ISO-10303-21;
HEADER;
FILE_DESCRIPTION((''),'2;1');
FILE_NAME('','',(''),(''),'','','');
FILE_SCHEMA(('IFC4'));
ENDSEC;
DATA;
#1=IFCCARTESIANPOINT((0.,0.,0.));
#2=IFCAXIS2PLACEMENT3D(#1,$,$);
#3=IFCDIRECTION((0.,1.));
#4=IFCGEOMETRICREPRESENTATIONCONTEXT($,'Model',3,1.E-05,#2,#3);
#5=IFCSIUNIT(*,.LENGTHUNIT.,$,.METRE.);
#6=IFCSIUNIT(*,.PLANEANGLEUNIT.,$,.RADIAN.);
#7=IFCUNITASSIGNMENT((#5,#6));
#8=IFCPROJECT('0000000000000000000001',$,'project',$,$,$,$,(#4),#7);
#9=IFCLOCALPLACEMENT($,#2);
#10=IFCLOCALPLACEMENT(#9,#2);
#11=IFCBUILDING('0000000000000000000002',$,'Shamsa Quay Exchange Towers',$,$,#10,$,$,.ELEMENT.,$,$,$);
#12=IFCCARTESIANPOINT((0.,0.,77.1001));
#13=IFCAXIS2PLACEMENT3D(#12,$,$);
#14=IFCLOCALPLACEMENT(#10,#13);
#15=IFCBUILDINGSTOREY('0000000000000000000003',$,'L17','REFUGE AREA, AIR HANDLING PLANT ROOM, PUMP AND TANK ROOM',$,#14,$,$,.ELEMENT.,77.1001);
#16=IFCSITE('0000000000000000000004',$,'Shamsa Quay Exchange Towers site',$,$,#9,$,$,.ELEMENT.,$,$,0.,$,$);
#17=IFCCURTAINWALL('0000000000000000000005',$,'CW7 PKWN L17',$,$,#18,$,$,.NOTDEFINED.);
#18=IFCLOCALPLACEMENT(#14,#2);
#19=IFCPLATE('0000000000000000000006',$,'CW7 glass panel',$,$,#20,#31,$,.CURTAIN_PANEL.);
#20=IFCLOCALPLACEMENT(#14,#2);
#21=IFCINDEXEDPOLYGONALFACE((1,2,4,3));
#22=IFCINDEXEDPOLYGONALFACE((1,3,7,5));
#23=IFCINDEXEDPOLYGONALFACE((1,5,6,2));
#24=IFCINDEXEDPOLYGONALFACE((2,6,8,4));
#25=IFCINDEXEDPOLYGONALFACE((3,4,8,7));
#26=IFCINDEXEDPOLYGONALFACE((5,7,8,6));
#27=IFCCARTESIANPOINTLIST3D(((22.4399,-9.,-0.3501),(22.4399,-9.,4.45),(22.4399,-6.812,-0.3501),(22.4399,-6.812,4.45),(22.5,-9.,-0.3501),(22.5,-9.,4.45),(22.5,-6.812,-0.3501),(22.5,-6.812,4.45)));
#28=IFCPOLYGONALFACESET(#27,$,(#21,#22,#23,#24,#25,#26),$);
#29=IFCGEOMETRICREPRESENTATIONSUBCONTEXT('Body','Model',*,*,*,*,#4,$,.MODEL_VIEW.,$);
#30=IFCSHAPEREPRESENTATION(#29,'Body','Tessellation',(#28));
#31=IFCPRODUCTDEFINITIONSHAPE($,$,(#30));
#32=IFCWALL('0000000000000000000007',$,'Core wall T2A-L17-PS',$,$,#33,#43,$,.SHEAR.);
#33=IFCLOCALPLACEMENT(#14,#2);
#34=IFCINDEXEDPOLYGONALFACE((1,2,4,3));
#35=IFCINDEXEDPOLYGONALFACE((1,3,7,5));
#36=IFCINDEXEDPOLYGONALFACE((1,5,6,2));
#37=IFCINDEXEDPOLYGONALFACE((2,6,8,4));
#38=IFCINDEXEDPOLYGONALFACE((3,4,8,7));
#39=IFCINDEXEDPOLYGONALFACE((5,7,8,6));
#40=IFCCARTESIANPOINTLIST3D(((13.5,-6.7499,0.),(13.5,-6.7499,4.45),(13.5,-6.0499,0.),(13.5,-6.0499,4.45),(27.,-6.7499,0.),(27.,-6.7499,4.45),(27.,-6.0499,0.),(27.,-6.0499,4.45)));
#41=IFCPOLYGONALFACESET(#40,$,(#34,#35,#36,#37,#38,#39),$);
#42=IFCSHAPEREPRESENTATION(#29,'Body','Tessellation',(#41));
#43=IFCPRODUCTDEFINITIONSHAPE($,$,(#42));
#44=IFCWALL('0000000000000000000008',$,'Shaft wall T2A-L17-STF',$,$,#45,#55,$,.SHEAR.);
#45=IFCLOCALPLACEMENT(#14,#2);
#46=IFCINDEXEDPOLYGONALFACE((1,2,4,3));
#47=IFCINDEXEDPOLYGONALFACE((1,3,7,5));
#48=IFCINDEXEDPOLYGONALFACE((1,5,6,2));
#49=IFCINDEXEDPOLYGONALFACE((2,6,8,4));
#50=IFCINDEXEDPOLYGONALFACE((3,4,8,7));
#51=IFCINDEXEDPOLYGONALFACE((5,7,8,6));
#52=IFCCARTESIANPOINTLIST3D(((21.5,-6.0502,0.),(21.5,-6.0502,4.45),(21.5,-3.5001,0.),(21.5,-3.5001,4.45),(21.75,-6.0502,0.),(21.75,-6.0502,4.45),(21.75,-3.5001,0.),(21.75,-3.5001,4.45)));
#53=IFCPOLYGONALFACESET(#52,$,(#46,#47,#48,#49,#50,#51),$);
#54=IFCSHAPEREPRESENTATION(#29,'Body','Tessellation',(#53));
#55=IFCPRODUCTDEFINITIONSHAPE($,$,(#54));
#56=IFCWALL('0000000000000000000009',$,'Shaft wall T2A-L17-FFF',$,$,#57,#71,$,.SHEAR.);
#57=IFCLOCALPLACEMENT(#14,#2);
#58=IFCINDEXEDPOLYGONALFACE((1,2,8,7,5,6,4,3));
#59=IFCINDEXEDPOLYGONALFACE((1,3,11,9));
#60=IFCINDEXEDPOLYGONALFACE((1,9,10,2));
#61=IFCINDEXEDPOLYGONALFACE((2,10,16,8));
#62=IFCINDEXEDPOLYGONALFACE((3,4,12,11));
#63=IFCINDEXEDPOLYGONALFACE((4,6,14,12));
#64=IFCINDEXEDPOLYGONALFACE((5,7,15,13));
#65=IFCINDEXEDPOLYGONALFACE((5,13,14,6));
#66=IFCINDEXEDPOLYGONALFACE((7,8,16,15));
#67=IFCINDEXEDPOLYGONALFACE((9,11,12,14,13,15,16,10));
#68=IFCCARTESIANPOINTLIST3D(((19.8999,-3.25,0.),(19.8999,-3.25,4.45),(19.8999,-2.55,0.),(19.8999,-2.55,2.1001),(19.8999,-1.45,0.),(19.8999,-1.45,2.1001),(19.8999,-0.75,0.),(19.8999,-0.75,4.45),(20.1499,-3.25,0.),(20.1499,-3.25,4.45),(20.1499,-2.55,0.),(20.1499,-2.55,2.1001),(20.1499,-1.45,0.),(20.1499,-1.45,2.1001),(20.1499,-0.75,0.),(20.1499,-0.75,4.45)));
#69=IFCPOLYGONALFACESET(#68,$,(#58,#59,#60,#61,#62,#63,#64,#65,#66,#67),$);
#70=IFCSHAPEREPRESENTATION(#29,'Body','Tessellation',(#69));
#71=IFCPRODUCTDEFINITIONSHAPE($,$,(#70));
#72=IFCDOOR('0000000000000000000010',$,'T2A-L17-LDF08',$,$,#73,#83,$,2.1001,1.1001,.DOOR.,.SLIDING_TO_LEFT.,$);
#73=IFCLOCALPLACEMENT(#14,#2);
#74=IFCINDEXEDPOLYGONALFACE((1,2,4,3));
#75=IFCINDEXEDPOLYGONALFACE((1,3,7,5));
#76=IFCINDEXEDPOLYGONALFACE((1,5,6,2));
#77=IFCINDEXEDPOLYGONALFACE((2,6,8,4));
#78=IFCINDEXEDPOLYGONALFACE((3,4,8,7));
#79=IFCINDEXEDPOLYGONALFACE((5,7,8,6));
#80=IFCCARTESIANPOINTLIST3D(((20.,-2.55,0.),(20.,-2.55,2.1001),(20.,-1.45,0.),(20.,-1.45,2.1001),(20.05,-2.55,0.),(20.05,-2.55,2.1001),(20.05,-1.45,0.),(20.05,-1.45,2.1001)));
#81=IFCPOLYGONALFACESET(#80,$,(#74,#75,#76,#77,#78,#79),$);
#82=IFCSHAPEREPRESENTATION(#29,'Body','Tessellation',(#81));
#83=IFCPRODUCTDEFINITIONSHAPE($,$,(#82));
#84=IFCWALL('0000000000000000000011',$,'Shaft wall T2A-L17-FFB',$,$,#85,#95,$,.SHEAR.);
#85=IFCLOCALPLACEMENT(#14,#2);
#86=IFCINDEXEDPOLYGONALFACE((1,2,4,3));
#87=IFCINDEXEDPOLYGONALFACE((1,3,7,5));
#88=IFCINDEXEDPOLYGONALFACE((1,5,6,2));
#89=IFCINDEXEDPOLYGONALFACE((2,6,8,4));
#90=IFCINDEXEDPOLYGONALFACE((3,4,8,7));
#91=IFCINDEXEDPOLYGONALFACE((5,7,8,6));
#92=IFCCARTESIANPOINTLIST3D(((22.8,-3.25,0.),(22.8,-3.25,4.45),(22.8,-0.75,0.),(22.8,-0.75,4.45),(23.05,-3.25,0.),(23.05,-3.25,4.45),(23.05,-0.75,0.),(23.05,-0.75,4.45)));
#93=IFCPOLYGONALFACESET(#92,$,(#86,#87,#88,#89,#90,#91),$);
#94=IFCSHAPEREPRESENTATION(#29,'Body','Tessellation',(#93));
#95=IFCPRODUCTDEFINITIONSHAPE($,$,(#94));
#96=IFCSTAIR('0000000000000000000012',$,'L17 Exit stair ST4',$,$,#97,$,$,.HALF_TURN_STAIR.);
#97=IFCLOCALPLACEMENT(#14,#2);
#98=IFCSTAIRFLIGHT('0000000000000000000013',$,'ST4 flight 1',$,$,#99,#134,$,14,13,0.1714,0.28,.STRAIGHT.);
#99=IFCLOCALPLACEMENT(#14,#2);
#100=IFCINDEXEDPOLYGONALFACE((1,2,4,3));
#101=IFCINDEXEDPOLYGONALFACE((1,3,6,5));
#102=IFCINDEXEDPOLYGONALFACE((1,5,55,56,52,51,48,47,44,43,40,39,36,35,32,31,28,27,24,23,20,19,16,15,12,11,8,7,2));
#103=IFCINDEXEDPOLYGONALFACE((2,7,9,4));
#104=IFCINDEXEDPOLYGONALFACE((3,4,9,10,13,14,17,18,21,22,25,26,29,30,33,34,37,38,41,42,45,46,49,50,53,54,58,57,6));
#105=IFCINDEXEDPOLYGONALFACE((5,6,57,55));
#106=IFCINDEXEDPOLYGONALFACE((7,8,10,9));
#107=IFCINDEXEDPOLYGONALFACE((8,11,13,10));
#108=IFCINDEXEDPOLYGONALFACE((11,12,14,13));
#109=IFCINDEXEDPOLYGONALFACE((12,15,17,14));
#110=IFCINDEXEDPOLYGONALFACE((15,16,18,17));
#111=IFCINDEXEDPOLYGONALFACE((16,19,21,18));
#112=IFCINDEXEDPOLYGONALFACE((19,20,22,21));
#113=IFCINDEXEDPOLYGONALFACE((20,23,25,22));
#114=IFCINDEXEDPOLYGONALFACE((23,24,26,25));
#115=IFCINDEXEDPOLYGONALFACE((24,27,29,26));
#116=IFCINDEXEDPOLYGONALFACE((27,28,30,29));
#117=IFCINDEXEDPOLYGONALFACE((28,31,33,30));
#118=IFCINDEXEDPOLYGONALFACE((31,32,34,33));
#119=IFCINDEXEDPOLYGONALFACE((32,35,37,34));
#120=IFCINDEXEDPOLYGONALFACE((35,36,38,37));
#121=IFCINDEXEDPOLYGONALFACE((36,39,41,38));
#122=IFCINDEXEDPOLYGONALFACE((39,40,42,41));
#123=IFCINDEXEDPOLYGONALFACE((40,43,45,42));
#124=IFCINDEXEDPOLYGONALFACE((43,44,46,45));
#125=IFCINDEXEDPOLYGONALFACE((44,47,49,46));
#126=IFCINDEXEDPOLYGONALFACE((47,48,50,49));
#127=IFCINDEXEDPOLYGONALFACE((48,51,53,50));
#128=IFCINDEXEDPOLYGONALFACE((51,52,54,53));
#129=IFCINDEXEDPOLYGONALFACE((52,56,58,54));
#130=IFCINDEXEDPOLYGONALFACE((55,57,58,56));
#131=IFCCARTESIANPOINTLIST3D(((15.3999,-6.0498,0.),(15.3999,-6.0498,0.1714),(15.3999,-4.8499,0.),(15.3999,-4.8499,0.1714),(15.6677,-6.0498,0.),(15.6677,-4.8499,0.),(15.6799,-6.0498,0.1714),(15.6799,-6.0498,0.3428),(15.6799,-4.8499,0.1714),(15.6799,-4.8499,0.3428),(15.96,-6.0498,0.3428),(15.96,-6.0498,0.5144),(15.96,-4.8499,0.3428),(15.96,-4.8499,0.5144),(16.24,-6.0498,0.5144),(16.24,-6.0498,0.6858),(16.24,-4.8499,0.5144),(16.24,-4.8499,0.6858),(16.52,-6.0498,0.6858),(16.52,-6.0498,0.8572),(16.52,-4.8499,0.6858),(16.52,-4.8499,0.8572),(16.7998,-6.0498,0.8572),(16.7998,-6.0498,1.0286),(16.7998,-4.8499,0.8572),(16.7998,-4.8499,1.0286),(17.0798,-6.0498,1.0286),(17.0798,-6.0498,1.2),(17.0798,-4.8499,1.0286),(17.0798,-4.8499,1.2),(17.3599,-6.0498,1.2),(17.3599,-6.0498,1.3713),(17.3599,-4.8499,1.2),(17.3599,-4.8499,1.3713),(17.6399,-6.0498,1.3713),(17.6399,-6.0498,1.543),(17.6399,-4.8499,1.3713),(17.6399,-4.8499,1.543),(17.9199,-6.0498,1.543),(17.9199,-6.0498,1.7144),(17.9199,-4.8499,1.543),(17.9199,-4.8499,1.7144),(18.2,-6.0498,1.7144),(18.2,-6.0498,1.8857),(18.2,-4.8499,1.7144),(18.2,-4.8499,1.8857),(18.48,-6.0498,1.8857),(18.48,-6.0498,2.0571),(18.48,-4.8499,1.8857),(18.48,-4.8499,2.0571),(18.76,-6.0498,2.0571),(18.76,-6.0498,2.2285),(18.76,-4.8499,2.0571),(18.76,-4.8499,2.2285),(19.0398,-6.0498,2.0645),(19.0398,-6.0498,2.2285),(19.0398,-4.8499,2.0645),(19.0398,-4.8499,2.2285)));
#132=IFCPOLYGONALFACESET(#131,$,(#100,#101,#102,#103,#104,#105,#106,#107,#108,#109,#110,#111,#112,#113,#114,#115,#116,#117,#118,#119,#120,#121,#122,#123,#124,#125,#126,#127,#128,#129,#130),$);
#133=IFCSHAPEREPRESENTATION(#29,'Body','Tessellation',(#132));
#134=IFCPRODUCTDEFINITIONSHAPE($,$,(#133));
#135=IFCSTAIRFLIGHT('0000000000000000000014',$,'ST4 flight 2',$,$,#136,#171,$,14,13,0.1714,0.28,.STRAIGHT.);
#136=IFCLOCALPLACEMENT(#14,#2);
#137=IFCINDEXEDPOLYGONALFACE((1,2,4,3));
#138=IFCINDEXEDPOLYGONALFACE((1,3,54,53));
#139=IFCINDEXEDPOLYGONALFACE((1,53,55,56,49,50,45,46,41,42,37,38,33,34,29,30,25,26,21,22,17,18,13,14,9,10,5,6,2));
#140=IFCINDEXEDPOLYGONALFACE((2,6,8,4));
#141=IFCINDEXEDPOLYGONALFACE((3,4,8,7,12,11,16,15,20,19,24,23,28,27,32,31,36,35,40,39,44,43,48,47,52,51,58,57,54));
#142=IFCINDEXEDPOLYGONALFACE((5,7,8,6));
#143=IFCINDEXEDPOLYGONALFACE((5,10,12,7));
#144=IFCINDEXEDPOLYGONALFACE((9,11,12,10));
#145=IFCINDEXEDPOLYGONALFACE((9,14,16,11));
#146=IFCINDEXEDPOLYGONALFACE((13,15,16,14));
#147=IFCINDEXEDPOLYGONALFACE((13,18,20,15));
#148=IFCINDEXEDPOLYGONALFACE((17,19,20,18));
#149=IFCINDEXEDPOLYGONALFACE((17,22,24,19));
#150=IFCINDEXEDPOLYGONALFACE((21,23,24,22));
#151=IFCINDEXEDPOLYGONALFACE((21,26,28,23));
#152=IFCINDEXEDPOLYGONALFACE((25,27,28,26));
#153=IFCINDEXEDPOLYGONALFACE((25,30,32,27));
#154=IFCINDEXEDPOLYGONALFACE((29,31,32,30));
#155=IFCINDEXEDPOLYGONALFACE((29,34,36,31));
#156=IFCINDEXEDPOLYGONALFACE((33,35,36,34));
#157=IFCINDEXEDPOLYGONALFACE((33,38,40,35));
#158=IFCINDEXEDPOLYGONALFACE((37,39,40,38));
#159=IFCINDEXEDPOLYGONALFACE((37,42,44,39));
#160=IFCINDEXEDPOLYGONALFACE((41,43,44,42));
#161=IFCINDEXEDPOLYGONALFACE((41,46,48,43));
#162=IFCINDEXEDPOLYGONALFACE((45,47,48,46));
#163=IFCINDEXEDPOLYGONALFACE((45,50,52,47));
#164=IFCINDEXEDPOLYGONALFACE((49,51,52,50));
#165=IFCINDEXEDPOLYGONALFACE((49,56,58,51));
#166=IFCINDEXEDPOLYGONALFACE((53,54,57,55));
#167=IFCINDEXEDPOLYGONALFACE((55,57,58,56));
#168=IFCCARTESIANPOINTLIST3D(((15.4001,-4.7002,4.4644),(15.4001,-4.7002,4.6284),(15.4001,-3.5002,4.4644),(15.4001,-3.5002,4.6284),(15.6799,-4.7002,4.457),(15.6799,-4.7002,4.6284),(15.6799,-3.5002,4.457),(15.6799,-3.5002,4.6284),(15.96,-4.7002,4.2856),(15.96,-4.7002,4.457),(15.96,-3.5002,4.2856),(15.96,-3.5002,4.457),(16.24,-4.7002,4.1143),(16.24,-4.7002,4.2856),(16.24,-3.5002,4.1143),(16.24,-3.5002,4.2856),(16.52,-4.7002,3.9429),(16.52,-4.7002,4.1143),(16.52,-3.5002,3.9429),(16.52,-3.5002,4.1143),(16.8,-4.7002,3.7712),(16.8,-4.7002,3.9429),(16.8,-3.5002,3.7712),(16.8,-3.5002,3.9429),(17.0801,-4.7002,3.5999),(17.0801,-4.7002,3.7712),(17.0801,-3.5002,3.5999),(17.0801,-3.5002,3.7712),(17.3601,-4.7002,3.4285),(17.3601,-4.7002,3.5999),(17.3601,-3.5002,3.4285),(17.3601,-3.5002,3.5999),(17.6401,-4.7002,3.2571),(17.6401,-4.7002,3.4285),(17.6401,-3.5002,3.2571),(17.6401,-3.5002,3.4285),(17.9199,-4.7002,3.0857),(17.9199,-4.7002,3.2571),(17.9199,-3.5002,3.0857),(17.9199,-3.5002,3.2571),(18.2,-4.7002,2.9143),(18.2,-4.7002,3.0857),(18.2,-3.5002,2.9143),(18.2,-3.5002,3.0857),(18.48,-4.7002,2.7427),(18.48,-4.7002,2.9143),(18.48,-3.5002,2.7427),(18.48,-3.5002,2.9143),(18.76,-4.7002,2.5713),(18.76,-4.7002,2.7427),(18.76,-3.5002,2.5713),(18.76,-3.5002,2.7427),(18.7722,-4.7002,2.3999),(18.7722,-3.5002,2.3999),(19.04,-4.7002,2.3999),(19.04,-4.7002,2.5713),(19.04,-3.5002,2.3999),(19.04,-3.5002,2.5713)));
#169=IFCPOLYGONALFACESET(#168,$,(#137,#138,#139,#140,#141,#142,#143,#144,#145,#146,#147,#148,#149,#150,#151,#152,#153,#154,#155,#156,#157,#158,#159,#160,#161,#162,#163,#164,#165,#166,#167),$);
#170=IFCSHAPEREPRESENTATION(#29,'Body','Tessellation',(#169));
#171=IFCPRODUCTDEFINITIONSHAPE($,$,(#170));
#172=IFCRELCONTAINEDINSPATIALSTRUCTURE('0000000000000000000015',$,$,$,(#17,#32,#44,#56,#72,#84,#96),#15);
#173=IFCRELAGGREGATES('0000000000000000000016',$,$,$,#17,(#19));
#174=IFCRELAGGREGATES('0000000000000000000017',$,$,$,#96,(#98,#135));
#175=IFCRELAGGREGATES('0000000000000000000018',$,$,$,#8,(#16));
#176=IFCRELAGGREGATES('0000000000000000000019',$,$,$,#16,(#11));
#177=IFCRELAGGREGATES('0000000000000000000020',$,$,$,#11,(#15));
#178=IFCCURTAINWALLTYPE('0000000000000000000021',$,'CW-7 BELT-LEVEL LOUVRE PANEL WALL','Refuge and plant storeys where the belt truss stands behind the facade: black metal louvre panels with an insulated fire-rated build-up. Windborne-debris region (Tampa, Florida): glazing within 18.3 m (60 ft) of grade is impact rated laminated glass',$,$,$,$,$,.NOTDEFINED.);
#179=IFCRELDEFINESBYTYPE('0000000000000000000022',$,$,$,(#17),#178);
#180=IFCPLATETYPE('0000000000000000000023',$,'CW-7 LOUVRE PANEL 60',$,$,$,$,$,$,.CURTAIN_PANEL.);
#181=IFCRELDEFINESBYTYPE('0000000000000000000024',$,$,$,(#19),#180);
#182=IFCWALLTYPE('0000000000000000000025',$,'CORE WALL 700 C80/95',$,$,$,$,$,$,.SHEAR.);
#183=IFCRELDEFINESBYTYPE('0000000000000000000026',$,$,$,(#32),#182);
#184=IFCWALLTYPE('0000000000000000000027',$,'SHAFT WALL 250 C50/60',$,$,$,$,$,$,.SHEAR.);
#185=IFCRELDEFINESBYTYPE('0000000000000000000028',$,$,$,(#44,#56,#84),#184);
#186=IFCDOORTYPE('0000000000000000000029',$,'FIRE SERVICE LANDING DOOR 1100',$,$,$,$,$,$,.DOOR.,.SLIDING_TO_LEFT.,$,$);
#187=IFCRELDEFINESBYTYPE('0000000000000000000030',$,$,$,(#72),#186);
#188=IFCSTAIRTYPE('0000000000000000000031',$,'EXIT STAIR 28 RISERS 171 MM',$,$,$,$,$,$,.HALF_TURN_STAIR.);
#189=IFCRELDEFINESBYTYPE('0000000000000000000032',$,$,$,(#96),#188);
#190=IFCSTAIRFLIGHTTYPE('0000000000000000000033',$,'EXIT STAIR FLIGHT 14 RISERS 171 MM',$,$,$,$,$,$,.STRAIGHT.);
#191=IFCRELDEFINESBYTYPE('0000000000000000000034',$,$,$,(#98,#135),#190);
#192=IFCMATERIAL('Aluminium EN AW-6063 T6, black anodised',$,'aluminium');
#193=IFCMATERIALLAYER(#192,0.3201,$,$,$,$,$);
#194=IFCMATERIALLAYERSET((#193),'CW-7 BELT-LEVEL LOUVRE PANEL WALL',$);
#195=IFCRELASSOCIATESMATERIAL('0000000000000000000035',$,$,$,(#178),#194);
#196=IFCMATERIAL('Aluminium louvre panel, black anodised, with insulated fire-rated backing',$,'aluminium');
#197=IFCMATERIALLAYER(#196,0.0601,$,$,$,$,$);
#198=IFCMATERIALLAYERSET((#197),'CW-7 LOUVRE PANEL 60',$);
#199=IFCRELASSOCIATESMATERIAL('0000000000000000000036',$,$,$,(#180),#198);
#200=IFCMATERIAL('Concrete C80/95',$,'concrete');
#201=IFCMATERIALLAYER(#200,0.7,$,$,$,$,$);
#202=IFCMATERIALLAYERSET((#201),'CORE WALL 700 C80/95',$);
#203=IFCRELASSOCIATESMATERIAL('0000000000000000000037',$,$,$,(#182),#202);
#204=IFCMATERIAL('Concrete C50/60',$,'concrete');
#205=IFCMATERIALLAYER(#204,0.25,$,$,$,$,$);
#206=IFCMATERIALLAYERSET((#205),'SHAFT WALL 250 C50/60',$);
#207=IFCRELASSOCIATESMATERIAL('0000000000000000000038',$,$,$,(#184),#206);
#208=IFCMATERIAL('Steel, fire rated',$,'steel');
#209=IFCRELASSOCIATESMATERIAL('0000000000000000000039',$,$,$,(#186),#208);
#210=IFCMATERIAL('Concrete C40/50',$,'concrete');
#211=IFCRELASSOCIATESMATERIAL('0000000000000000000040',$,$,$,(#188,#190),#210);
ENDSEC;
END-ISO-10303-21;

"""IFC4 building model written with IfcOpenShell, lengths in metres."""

from ifc_helpers import new_model, si_unit, direction, frame, frame_2d, origin, origin_2d, place, context, subcontext, project, spatial, polyline, rectangle, outline, extrude, material, layer, layer_set, type_object, element, fill, aggregate, save


model = new_model("IFC4")

# Units and contexts
model_context = context("Model", 3, precision=1e-05, world=origin(), true_north=direction((0.0, 1.0)))
body_context = subcontext(model_context, "Body", "Model", "MODEL_VIEW")
ifc_project = project(units=[si_unit("LENGTHUNIT", "METRE"), si_unit("PLANEANGLEUNIT", "RADIAN")], contexts=[model_context])

# Site, building, storey
site_placement = place(None, origin())
site = spatial("IfcSite", under=ifc_project, at=site_placement, Name="Shamsa Quay Exchange Towers site", CompositionType="ELEMENT", RefElevation=0.0)
building_placement = place(site_placement, origin())
building = spatial("IfcBuilding", under=site, at=building_placement, Name="Shamsa Quay Exchange Towers", CompositionType="ELEMENT")
storey_placement = place(building_placement, frame((0.0, 0.0, 77.1001)))
storey = spatial("IfcBuildingStorey", under=building, at=storey_placement, Name="L17", Description="REFUGE AREA, AIR HANDLING PLANT ROOM, PUMP AND TANK ROOM", CompositionType="ELEMENT", Elevation=77.1001)

# Shared definitions
ifc_material_1 = material(Name="Aluminium EN AW-6063 T6, black anodised", Category="aluminium")
ifc_layer_1 = layer(ifc_material_1, 0.3201)
ifc_layer_set_1 = layer_set([ifc_layer_1], Name="CW-7 BELT-LEVEL LOUVRE PANEL WALL")
curtain_wall_type = type_object("IfcCurtainWallType", Name="CW-7 BELT-LEVEL LOUVRE PANEL WALL", Description="Refuge and plant storeys where the belt truss stands behind the facade: black metal louvre panels with an insulated fire-rated build-up. Windborne-debris region (Tampa, Florida): glazing within 18.3 m (60 ft) of grade is impact rated laminated glass", PredefinedType="NOTDEFINED", material=ifc_layer_set_1)
ifc_material_2 = material(Name="Aluminium louvre panel, black anodised, with insulated fire-rated backing", Category="aluminium")
ifc_layer_2 = layer(ifc_material_2, 0.0601)
ifc_layer_set_2 = layer_set([ifc_layer_2], Name="CW-7 LOUVRE PANEL 60")
plate_type = type_object("IfcPlateType", Name="CW-7 LOUVRE PANEL 60", PredefinedType="CURTAIN_PANEL", material=ifc_layer_set_2)

# Curtain wall, plate
curtain_wall_1_placement = place(storey_placement, origin())
curtain_wall_1 = element("IfcCurtainWall", 1, at=curtain_wall_1_placement, inside=storey, type_object=curtain_wall_type, Name="CW7 PKWN L17", PredefinedType="NOTDEFINED")
plate_1_placement = place(storey_placement, frame((22.47, -7.906, -0.3501), z_axis=(0.0, 0.0, 1.0), x_axis=(0.0, -1.0, 0.0)))
plate_1 = element("IfcPlate", 2, at=plate_1_placement, type_object=plate_type, Name="CW7 glass panel", PredefinedType="CURTAIN_PANEL", context=body_context, shape_type="SweptSolid", body=[
    extrude(rectangle(XDim=2.188, YDim=0.0601, at=origin_2d()), origin(), (0.0, 0.0, 1.0), 4.8),
])
aggregate(curtain_wall_1, [plate_1])

# Walls
ifc_material_3 = material(Name="Concrete C80/95", Category="concrete")
ifc_layer_3 = layer(ifc_material_3, 0.7)
ifc_layer_set_3 = layer_set([ifc_layer_3], Name="CORE WALL 700 C80/95")
wall_type_1 = type_object("IfcWallType", Name="CORE WALL 700 C80/95", PredefinedType="SHEAR", material=ifc_layer_set_3)
wall_1_placement = place(storey_placement, frame((13.5, -6.3999, 0.0)))
element("IfcWall", 3, at=wall_1_placement, inside=storey, type_object=wall_type_1, Name="Core wall T2A-L17-PS", PredefinedType="SHEAR", context=body_context, shape_type="SweptSolid", body=[
    extrude(rectangle(XDim=13.5, YDim=0.7, at=frame_2d((6.75, 0.0))), origin(), (0.0, 0.0, 1.0), 4.45),
])
ifc_material_4 = material(Name="Concrete C50/60", Category="concrete")
ifc_layer_4 = layer(ifc_material_4, 0.25)
ifc_layer_set_4 = layer_set([ifc_layer_4], Name="SHAFT WALL 250 C50/60")
wall_type_2 = type_object("IfcWallType", Name="SHAFT WALL 250 C50/60", PredefinedType="SHEAR", material=ifc_layer_set_4)
wall_2_placement = place(storey_placement, frame((21.625, -6.05, 0.0), z_axis=(0.0, 0.0, 1.0), x_axis=(0.0, 1.0, 0.0)))
element("IfcWall", 4, at=wall_2_placement, inside=storey, type_object=wall_type_2, Name="Shaft wall T2A-L17-STF", PredefinedType="SHEAR", context=body_context, shape_type="SweptSolid", body=[
    extrude(rectangle(XDim=2.55, YDim=0.25, at=frame_2d((1.2749, 0.0))), origin(), (0.0, 0.0, 1.0), 4.45),
])

# Wall, opening, door
wall_3_placement = place(storey_placement, frame((20.0249, -3.25, 0.0), z_axis=(0.0, 0.0, 1.0), x_axis=(0.0, 1.0, 0.0)))
wall_3 = element("IfcWall", 5, at=wall_3_placement, inside=storey, type_object=wall_type_2, Name="Shaft wall T2A-L17-FFF", PredefinedType="SHEAR", context=body_context, shape_type="SweptSolid", body=[
    extrude(rectangle(XDim=2.5, YDim=0.25, at=frame_2d((1.25, 0.0))), origin(), (0.0, 0.0, 1.0), 4.45),
])
opening_placement = place(wall_3_placement, frame((0.7, 0.0, 0.0)))
opening = element("IfcOpeningElement", 6, at=opening_placement, cuts=wall_3, PredefinedType="OPENING", context=body_context, shape_type="SweptSolid", body=[
    extrude(rectangle(XDim=1.1001, YDim=2.1001, at=frame_2d((0.55, 1.05))), frame((0.0, 0.135, 0.0), z_axis=(0.0, -1.0, 0.0), x_axis=(1.0, 0.0, 0.0)), (0.0, 0.0, 1.0), 0.27),
])
ifc_material_5 = material(Name="Steel, fire rated", Category="steel")
door_type = type_object("IfcDoorType", Name="FIRE SERVICE LANDING DOOR 1100", OperationType="SLIDING_TO_LEFT", PredefinedType="DOOR", material=ifc_material_5)
door_placement = place(opening_placement, origin())
door = element("IfcDoor", 7, at=door_placement, inside=storey, type_object=door_type, Name="T2A-L17-LDF08", OperationType="SLIDING_TO_LEFT", OverallHeight=2.1001, OverallWidth=1.1001, PredefinedType="DOOR", context=body_context, shape_type="SweptSolid", body=[
    extrude(rectangle(XDim=1.1001, YDim=2.1001, at=frame_2d((0.55, 1.05))), frame((0.0, 0.0249, 0.0), z_axis=(0.0, -1.0, 0.0), x_axis=(1.0, 0.0, 0.0)), (0.0, 0.0, 1.0), 0.05),
])
fill(opening, door)

# Wall
wall_4_placement = place(storey_placement, frame((22.925, -3.25, 0.0), z_axis=(0.0, 0.0, 1.0), x_axis=(0.0, 1.0, 0.0)))
element("IfcWall", 8, at=wall_4_placement, inside=storey, type_object=wall_type_2, Name="Shaft wall T2A-L17-FFB", PredefinedType="SHEAR", context=body_context, shape_type="SweptSolid", body=[
    extrude(rectangle(XDim=2.5, YDim=0.25, at=frame_2d((1.25, 0.0))), origin(), (0.0, 0.0, 1.0), 4.45),
])

# Stair, stair flights
ifc_material_6 = material(Name="Concrete C40/50", Category="concrete")
stair_type = type_object("IfcStairType", Name="EXIT STAIR 28 RISERS 171 MM", PredefinedType="HALF_TURN_STAIR", material=ifc_material_6)
stair_placement = place(storey_placement, origin())
stair = element("IfcStair", 9, at=stair_placement, inside=storey, type_object=stair_type, Name="L17 Exit stair ST4", PredefinedType="HALF_TURN_STAIR")
stair_flight_type = type_object("IfcStairFlightType", Name="EXIT STAIR FLIGHT 14 RISERS 171 MM", PredefinedType="STRAIGHT", material=ifc_material_6)
stair_flight_1_placement = place(storey_placement, frame((15.3999, -5.45, 0.0)))
stair_flight_1 = element("IfcStairFlight", 10, at=stair_flight_1_placement, type_object=stair_flight_type, Name="ST4 flight 1", NumberOfRisers=14, NumberOfTreads=13, PredefinedType="STRAIGHT", RiserHeight=0.1714, TreadLength=0.28, context=body_context, shape_type="SweptSolid", body=[
    extrude(outline(polyline([(0.0, 0.0), (0.0, 0.1714), (0.28, 0.1714), (0.28, 0.3428), (0.5601, 0.3428), (0.5601, 0.5144), (0.8401, 0.5144), (0.8401, 0.6858), (1.1201, 0.6858), (1.1201, 0.8572), (1.3999, 0.8572), (1.3999, 1.0286), (1.6799, 1.0286), (1.6799, 1.2), (1.96, 1.2), (1.96, 1.3713), (2.24, 1.3713), (2.24, 1.543), (2.52, 1.543), (2.52, 1.7144), (2.8, 1.7144), (2.8, 1.8857), (3.0801, 1.8857), (3.0801, 2.0571), (3.3601, 2.0571), (3.3601, 2.2285), (3.6399, 2.2285), (3.6399, 2.3999), (3.6399, 2.0645), (0.2678, 0.0), (0.0, 0.0)])), frame((0.0, 0.6001, 0.0), z_axis=(0.0, -1.0, 0.0), x_axis=(1.0, 0.0, 0.0)), (0.0, 0.0, 1.0), 1.2),
])
stair_flight_2_placement = place(storey_placement, frame((19.04, -4.1001, 2.3999), z_axis=(0.0, 0.0, 1.0), x_axis=(-1.0, 0.0, 0.0)))
stair_flight_2 = element("IfcStairFlight", 11, at=stair_flight_2_placement, type_object=stair_flight_type, Name="ST4 flight 2", NumberOfRisers=14, NumberOfTreads=13, PredefinedType="STRAIGHT", RiserHeight=0.1714, TreadLength=0.28, context=body_context, shape_type="SweptSolid", body=[
    extrude(outline(polyline([(0.0, 0.0), (0.0, 0.1714), (0.28, 0.1714), (0.28, 0.3428), (0.5601, 0.3428), (0.5601, 0.5144), (0.8401, 0.5144), (0.8401, 0.6858), (1.1201, 0.6858), (1.1201, 0.8572), (1.3999, 0.8572), (1.3999, 1.0286), (1.6799, 1.0286), (1.6799, 1.2), (1.96, 1.2), (1.96, 1.3713), (2.24, 1.3713), (2.24, 1.543), (2.52, 1.543), (2.52, 1.7144), (2.8, 1.7144), (2.8, 1.8857), (3.0801, 1.8857), (3.0801, 2.0571), (3.3601, 2.0571), (3.3601, 2.2285), (3.6399, 2.2285), (3.6399, 2.3999), (3.6399, 2.0645), (0.2678, 0.0), (0.0, 0.0)])), frame((0.0, 0.6001, 0.0), z_axis=(0.0, -1.0, 0.0), x_axis=(1.0, 0.0, 0.0)), (0.0, 0.0, 1.0), 1.2),
])
aggregate(stair, [stair_flight_1, stair_flight_2])

save(model, "model.ifc")
